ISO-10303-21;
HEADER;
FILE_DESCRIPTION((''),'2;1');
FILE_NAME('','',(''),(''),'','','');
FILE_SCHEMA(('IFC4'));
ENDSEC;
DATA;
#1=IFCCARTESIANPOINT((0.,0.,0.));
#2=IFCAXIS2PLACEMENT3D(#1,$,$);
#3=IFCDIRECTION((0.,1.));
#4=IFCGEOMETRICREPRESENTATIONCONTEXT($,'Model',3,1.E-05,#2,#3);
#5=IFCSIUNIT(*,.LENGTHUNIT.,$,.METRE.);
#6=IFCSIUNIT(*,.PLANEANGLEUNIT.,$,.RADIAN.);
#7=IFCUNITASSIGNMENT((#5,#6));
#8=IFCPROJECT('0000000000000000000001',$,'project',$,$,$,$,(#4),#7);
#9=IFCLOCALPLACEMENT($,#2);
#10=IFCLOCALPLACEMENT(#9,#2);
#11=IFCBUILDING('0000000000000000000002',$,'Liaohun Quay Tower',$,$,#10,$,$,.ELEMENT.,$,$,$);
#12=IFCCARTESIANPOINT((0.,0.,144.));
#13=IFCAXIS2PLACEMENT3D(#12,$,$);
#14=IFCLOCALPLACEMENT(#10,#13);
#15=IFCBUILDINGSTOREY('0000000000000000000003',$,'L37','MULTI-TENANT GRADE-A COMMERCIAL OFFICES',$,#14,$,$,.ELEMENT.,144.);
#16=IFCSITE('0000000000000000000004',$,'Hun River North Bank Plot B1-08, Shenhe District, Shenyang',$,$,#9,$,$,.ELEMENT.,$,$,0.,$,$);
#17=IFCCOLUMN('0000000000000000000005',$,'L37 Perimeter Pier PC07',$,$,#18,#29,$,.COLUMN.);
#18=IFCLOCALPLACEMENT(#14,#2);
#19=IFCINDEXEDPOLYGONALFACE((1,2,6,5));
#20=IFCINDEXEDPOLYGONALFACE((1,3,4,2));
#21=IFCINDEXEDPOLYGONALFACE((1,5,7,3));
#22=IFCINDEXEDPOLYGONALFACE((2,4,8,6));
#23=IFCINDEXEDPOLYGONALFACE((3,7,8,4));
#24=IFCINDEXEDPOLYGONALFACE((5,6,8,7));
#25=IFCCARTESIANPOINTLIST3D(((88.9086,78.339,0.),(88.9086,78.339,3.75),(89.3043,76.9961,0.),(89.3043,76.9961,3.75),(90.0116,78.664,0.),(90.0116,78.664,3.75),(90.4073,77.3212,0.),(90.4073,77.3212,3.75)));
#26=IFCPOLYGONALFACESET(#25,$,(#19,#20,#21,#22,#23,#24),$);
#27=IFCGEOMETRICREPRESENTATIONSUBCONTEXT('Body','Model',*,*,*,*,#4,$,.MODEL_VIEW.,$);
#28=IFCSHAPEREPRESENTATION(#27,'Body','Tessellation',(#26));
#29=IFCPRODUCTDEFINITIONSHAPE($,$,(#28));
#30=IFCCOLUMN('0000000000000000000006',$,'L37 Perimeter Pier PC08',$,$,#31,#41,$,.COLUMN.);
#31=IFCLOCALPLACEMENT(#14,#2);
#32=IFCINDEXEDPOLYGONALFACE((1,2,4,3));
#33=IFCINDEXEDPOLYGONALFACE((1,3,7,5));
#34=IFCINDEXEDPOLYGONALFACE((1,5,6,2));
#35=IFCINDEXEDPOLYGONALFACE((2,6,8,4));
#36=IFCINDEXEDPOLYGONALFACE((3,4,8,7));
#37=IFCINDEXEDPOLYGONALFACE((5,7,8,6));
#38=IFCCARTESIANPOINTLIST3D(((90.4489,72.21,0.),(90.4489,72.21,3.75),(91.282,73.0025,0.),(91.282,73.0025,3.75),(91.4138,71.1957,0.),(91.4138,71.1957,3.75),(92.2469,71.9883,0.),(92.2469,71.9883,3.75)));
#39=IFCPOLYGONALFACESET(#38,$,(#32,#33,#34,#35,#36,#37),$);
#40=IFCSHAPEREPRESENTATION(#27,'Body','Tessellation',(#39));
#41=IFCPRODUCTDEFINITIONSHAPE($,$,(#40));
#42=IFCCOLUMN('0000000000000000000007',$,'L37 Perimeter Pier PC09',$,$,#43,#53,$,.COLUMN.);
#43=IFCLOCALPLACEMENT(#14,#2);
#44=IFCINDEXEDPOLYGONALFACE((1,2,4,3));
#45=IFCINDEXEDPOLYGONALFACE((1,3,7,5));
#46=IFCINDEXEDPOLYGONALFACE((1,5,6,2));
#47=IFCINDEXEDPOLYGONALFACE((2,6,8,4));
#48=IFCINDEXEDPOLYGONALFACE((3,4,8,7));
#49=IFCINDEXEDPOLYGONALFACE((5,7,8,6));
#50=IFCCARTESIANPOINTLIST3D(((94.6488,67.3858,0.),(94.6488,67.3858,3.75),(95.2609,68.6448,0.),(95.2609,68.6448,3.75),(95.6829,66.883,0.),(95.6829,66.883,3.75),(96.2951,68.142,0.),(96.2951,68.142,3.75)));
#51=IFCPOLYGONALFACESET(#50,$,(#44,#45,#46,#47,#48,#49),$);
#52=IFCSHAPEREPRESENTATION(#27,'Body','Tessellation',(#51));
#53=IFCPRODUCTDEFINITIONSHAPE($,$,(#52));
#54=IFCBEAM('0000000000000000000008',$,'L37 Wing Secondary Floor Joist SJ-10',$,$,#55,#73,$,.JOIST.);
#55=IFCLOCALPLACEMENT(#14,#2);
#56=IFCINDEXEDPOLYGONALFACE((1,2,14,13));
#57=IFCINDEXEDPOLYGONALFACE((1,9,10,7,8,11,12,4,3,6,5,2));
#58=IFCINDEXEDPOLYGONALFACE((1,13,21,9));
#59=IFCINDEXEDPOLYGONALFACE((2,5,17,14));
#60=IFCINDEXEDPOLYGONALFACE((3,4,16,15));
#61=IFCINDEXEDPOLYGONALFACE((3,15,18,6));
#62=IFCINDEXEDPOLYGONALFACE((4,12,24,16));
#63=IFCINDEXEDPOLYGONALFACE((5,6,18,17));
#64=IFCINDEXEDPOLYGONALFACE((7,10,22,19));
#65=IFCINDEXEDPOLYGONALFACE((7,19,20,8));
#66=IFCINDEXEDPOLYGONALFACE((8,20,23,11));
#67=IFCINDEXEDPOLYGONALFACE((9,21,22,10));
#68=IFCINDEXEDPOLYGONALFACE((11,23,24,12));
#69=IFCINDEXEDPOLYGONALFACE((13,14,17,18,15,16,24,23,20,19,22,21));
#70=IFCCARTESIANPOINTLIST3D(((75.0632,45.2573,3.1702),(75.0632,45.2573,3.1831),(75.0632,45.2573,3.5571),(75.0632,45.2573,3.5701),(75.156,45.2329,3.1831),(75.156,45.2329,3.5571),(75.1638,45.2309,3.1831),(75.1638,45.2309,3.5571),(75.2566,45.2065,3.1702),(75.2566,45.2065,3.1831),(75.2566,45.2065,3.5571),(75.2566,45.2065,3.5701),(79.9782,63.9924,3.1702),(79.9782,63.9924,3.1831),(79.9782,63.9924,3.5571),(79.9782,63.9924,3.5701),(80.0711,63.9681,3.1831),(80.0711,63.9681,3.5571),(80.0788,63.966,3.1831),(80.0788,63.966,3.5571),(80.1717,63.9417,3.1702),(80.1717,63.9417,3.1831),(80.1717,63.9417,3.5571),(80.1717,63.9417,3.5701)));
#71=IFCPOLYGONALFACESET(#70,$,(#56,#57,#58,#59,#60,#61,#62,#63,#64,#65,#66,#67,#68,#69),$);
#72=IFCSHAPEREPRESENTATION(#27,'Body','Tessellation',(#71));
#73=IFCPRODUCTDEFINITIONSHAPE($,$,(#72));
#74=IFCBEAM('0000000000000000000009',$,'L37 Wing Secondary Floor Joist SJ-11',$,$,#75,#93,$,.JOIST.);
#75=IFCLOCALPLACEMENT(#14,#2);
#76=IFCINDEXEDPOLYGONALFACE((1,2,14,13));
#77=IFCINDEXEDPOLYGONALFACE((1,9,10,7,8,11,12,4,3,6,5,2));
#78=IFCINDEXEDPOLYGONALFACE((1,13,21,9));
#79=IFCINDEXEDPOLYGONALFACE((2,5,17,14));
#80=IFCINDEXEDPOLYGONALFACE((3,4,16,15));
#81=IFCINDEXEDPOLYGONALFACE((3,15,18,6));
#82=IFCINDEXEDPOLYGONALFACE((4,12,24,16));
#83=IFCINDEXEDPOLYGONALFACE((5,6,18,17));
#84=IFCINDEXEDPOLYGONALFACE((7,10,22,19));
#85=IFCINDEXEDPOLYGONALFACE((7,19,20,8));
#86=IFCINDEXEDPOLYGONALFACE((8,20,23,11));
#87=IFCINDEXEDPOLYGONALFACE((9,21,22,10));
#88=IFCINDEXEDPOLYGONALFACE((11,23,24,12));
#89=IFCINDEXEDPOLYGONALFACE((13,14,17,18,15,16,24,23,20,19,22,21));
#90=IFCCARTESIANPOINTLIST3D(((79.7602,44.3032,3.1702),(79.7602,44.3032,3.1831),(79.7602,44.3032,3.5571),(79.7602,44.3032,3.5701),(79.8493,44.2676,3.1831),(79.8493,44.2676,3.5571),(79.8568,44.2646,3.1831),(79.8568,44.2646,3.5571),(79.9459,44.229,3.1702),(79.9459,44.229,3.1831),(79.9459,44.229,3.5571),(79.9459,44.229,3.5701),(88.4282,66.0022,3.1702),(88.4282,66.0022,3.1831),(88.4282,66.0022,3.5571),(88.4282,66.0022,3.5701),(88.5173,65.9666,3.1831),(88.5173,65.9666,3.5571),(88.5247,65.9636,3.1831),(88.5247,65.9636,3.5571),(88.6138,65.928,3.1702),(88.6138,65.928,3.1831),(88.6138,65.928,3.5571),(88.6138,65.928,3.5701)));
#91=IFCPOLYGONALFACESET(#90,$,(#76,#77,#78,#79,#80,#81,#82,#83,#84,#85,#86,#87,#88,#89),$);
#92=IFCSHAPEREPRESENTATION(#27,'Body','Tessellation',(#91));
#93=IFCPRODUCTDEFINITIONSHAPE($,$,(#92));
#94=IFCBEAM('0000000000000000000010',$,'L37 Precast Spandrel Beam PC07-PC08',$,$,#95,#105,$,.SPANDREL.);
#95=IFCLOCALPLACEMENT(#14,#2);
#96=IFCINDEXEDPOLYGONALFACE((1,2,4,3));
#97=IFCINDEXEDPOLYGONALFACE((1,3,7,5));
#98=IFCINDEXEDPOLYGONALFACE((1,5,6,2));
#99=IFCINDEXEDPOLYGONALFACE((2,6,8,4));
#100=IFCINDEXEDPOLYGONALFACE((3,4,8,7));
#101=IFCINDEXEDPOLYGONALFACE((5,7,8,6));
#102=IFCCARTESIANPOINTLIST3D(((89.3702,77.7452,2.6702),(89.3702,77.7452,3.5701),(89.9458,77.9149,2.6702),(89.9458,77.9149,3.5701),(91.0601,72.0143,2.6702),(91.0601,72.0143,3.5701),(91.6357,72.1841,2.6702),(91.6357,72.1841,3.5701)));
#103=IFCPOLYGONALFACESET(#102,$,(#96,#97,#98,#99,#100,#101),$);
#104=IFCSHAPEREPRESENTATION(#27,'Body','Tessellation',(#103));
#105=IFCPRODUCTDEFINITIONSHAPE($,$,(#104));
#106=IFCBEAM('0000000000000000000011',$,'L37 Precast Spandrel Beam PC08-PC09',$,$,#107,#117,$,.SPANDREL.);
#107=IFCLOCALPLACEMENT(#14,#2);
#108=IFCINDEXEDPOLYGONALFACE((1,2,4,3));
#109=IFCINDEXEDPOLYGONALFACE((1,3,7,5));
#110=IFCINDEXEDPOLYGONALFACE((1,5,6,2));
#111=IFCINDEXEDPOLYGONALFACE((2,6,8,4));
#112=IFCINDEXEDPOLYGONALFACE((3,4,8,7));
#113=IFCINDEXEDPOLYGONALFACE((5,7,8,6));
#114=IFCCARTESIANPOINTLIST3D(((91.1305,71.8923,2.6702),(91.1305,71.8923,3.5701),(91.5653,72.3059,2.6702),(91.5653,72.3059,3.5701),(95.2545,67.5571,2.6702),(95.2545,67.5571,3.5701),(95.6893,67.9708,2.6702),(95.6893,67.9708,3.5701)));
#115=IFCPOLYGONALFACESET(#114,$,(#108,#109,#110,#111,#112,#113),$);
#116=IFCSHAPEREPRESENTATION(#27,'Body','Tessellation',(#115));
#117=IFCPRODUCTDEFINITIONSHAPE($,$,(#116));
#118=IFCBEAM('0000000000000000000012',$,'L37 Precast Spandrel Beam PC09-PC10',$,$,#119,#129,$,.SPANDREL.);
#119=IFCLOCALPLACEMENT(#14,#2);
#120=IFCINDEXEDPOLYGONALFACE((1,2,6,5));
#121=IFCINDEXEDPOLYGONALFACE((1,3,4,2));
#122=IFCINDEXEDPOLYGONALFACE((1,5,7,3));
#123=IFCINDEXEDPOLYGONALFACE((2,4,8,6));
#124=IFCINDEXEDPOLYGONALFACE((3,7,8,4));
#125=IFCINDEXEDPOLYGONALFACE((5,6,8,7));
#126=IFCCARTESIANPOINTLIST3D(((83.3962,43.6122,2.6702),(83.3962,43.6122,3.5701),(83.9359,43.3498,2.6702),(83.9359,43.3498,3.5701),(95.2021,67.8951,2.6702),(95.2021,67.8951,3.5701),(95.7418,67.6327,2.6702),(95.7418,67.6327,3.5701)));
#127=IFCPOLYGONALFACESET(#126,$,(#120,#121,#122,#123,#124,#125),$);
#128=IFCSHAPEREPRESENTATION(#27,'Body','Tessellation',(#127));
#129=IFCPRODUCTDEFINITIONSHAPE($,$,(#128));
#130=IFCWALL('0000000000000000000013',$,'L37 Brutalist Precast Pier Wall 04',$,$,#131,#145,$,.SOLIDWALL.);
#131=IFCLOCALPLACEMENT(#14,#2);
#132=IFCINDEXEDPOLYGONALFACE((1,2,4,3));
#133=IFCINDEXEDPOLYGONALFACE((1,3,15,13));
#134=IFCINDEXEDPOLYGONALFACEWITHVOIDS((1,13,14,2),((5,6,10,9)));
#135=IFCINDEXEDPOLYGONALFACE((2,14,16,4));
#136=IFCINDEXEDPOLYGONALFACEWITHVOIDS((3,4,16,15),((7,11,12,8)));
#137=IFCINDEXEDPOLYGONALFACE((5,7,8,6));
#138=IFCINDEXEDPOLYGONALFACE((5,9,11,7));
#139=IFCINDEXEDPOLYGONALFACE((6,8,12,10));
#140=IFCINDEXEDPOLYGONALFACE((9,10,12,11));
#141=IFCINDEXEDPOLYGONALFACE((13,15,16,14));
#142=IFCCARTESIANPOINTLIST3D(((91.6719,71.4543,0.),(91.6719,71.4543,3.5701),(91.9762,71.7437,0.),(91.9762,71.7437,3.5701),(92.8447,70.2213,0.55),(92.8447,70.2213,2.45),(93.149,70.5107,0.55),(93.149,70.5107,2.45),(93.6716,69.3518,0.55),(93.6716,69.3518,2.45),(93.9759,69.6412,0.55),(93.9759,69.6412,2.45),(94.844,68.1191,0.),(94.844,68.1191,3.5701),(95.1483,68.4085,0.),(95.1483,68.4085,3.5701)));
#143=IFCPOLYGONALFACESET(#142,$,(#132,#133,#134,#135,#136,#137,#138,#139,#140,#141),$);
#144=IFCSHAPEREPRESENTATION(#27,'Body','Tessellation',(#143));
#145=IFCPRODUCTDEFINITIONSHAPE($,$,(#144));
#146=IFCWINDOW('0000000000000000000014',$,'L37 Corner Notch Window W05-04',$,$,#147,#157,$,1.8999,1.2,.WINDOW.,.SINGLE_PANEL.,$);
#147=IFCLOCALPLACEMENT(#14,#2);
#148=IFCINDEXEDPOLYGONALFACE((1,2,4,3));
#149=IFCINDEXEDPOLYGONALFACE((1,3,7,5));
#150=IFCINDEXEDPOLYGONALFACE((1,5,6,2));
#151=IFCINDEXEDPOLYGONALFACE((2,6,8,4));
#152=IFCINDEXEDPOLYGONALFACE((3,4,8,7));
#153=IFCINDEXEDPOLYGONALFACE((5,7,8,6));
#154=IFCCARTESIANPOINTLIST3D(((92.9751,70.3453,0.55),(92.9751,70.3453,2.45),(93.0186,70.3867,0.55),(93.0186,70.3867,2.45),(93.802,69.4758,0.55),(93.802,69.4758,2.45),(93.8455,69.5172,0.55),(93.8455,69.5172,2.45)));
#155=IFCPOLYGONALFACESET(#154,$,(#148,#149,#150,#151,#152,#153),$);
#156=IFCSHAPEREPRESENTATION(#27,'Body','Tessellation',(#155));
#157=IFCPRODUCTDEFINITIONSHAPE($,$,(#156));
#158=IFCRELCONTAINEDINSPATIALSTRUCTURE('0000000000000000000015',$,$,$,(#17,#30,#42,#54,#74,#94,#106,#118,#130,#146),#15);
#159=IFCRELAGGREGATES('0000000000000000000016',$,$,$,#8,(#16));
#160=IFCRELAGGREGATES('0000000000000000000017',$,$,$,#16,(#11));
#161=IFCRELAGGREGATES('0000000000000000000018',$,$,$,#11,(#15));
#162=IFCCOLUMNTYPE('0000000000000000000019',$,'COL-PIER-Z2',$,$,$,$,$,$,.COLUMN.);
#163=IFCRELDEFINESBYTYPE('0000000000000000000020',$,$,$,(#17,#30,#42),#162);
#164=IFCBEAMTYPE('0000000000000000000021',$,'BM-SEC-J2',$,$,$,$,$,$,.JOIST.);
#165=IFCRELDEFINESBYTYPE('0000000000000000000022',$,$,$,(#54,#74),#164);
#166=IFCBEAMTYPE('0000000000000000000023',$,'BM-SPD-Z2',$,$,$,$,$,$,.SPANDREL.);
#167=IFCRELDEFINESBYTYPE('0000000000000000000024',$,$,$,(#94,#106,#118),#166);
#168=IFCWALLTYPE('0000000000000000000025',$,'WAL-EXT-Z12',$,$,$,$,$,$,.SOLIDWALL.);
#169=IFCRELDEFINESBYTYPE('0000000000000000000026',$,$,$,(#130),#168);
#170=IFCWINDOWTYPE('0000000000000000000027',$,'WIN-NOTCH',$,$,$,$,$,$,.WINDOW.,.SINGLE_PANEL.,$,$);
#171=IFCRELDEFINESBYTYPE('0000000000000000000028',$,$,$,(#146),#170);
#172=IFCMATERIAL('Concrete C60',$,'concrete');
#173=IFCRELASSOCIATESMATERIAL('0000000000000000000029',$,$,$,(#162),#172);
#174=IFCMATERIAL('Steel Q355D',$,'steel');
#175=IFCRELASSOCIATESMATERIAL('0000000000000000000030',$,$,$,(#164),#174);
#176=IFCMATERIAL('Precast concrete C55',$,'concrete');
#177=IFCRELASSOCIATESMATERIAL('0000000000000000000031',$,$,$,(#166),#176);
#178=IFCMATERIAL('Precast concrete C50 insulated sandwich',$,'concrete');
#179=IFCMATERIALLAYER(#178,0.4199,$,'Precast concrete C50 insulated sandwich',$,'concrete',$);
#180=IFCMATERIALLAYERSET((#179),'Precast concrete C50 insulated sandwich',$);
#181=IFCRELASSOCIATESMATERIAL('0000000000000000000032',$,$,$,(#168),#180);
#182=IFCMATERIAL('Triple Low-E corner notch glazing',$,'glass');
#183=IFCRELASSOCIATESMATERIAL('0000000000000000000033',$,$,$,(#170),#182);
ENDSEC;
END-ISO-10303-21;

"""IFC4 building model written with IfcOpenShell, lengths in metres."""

from ifc_helpers import new_model, si_unit, direction, frame, frame_2d, origin, origin_2d, place, context, subcontext, project, spatial, rectangle, i_section, extrude, source, transform, mapped, material, layer, layer_set, material_profile, profile_set, type_object, element, fill, save


model = new_model("IFC4")

# Units and contexts
model_context = context("Model", 3, precision=1e-05, world=origin(), true_north=direction((0.0, 1.0)))
body_context = subcontext(model_context, "Body", "Model", "MODEL_VIEW")
ifc_project = project(units=[si_unit("LENGTHUNIT", "METRE"), si_unit("PLANEANGLEUNIT", "RADIAN")], contexts=[model_context])

# Site, building, storey
site_placement = place(None, origin())
site = spatial("IfcSite", under=ifc_project, at=site_placement, Name="Hun River North Bank Plot B1-08, Shenhe District, Shenyang", CompositionType="ELEMENT", RefElevation=0.0)
building_placement = place(site_placement, origin())
building = spatial("IfcBuilding", under=site, at=building_placement, Name="Liaohun Quay Tower", CompositionType="ELEMENT")
storey_placement = place(building_placement, frame((0.0, 0.0, 144.0)))
storey = spatial("IfcBuildingStorey", under=building, at=storey_placement, Name="L37", Description="MULTI-TENANT GRADE-A COMMERCIAL OFFICES", CompositionType="ELEMENT", Elevation=144.0)

# Columns
ifc_material_1 = material(Name="Concrete C60", Category="concrete")
ifc_material_profile_1 = material_profile(ifc_material_1, rectangle(XDim=1.3999, YDim=1.1499, at=origin_2d()), Name="RC1400x1150")
ifc_profile_set_1 = profile_set([ifc_material_profile_1], Name="Concrete C60")
column_type = type_object("IfcColumnType", Name="COL-PIER-Z2", PredefinedType="COLUMN", material=ifc_profile_set_1)
shared_shape_1 = source(origin(), body_context, "Body", "SweptSolid", [
    extrude(rectangle(XDim=1.3999, YDim=1.1499, at=origin_2d()), origin(), (0.0, 0.0, 1.0), 3.75),
])
for number, where, z_axis, x_axis, name in (
    (1, (89.658, 77.8301, 0.0), (0.0, 0.0, 1.0), (-0.282676, 0.959215, 0.0), "L37 Perimeter Pier PC07"),
    (2, (91.3479, 72.0991, 0.0), (0.0, 0.0, 1.0), (-0.68924, 0.724533, 0.0), "L37 Perimeter Pier PC08"),
    (3, (95.4719, 67.7639, 0.0), (0.0, 0.0, 1.0), (0.437273, 0.899329, 0.0), "L37 Perimeter Pier PC09"),
):
    element("IfcColumn", number, at=place(storey_placement, frame(where, z_axis=z_axis, x_axis=x_axis)), inside=storey, type_object=column_type, Name=name, PredefinedType="COLUMN", context=body_context, shape_type="MappedRepresentation", body=[
        mapped(shared_shape_1, transform((0.0, 0.0, 0.0), x_axis=(1.0, 0.0, 0.0), y_axis=(0.0, 1.0, 0.0), z_axis=(0.0, 0.0, 1.0), scale=1.0)),
    ])

# Beams
ifc_material_2 = material(Name="Steel Q355D", Category="steel")
ifc_material_profile_2 = material_profile(ifc_material_2, i_section(OverallWidth=0.2, OverallDepth=0.3999, WebThickness=0.0081, FlangeThickness=0.0129, at=origin_2d()), Name="HN400x200x8x13")
ifc_profile_set_2 = profile_set([ifc_material_profile_2], Name="Steel Q355D")
beam_type_1 = type_object("IfcBeamType", Name="BM-SEC-J2", PredefinedType="JOIST", material=ifc_profile_set_2)
shared_shape_2 = source(origin(), body_context, "Body", "SweptSolid", [
    extrude(i_section(OverallWidth=0.2, OverallDepth=0.3999, WebThickness=0.0081, FlangeThickness=0.0129, at=origin_2d()), origin(), (0.0, 0.0, 1.0), 19.3691),
])
beam_1_placement = place(storey_placement, frame((80.075, 63.967, 3.3701), z_axis=(-0.253757, -0.967268, 0.0), x_axis=(0.967268, -0.253757, 0.0)))
element("IfcBeam", 4, at=beam_1_placement, inside=storey, type_object=beam_type_1, Name="L37 Wing Secondary Floor Joist SJ-10", PredefinedType="JOIST", context=body_context, shape_type="MappedRepresentation", body=[
    mapped(shared_shape_2, transform((0.0, 0.0, 0.0), x_axis=(1.0, 0.0, 0.0), y_axis=(0.0, 1.0, 0.0), z_axis=(0.0, 0.0, 1.0), scale=1.0)),
])
shared_shape_3 = source(origin(), body_context, "Body", "SweptSolid", [
    extrude(i_section(OverallWidth=0.2, OverallDepth=0.3999, WebThickness=0.0081, FlangeThickness=0.0129, at=origin_2d()), origin(), (0.0, 0.0, 1.0), 23.3662),
])
beam_2_placement = place(storey_placement, frame((88.521, 65.9651, 3.3701), z_axis=(-0.370962, -0.928648, 0.0), x_axis=(0.928648, -0.370962, 0.0)))
element("IfcBeam", 5, at=beam_2_placement, inside=storey, type_object=beam_type_1, Name="L37 Wing Secondary Floor Joist SJ-11", PredefinedType="JOIST", context=body_context, shape_type="MappedRepresentation", body=[
    mapped(shared_shape_3, transform((0.0, 0.0, 0.0), x_axis=(1.0, 0.0, 0.0), y_axis=(0.0, 1.0, 0.0), z_axis=(0.0, 0.0, 1.0), scale=1.0)),
])
ifc_material_3 = material(Name="Precast concrete C55", Category="concrete")
ifc_material_profile_3 = material_profile(ifc_material_3, rectangle(XDim=0.6001, YDim=0.8999, at=origin_2d()), Name="RC600x900")
ifc_profile_set_3 = profile_set([ifc_material_profile_3], Name="Precast concrete C55")
beam_type_2 = type_object("IfcBeamType", Name="BM-SPD-Z2", PredefinedType="SPANDREL", material=ifc_profile_set_3)
shared_shape_4 = source(origin(), body_context, "Body", "SweptSolid", [
    extrude(rectangle(XDim=0.6001, YDim=0.8999, at=origin_2d()), origin(), (0.0, 0.0, 1.0), 5.9749),
])
beam_3_placement = place(storey_placement, frame((89.658, 77.8301, 3.1201), z_axis=(0.282839, -0.959167, 0.0), x_axis=(0.959167, 0.282839, 0.0)))
element("IfcBeam", 6, at=beam_3_placement, inside=storey, type_object=beam_type_2, Name="L37 Precast Spandrel Beam PC07-PC08", PredefinedType="SPANDREL", context=body_context, shape_type="MappedRepresentation", body=[
    mapped(shared_shape_4, transform((0.0, 0.0, 0.0), x_axis=(1.0, 0.0, 0.0), y_axis=(0.0, 1.0, 0.0), z_axis=(0.0, 0.0, 1.0), scale=1.0)),
])
shared_shape_5 = source(origin(), body_context, "Body", "SweptSolid", [
    extrude(rectangle(XDim=0.6001, YDim=0.8999, at=origin_2d()), origin(), (0.0, 0.0, 1.0), 5.9834),
])
beam_4_placement = place(storey_placement, frame((91.3479, 72.0991, 3.1201), z_axis=(0.689239, -0.724534, 0.0), x_axis=(0.724534, 0.689239, 0.0)))
element("IfcBeam", 7, at=beam_4_placement, inside=storey, type_object=beam_type_2, Name="L37 Precast Spandrel Beam PC08-PC09", PredefinedType="SPANDREL", context=body_context, shape_type="MappedRepresentation", body=[
    mapped(shared_shape_5, transform((0.0, 0.0, 0.0), x_axis=(1.0, 0.0, 0.0), y_axis=(0.0, 1.0, 0.0), z_axis=(0.0, 0.0, 1.0), scale=1.0)),
])
shared_shape_6 = source(origin(), body_context, "Body", "SweptSolid", [
    extrude(rectangle(XDim=0.6001, YDim=0.8999, at=origin_2d()), origin(), (0.0, 0.0, 1.0), 27.0007),
])
beam_5_placement = place(storey_placement, frame((95.4719, 67.7639, 3.1201), z_axis=(-0.437243, -0.899343, 0.0), x_axis=(0.899343, -0.437243, 0.0)))
element("IfcBeam", 8, at=beam_5_placement, inside=storey, type_object=beam_type_2, Name="L37 Precast Spandrel Beam PC09-PC10", PredefinedType="SPANDREL", context=body_context, shape_type="MappedRepresentation", body=[
    mapped(shared_shape_6, transform((0.0, 0.0, 0.0), x_axis=(1.0, 0.0, 0.0), y_axis=(0.0, 1.0, 0.0), z_axis=(0.0, 0.0, 1.0), scale=1.0)),
])

# Wall, opening, window
ifc_material_4 = material(Name="Precast concrete C50 insulated sandwich", Category="concrete")
ifc_layer_1 = layer(ifc_material_4, 0.4199, Name="Precast concrete C50 insulated sandwich", Category="concrete")
ifc_layer_set_1 = layer_set([ifc_layer_1], Name="Precast concrete C50 insulated sandwich")
wall_type_1 = type_object("IfcWallType", Name="WAL-EXT-Z12", PredefinedType="SOLIDWALL", material=ifc_layer_set_1)
wall_1_placement = place(storey_placement, frame((94.9961, 68.2639, 0.0), z_axis=(0.0, 0.0, 1.0), x_axis=(-0.689169, 0.724601, 0.0)))
wall_1 = element("IfcWall", 9, at=wall_1_placement, inside=storey, type_object=wall_type_1, Name="L37 Brutalist Precast Pier Wall 04", PredefinedType="SOLIDWALL", context=body_context, shape_type="SweptSolid", body=[
    extrude(rectangle(XDim=4.6028, YDim=0.4199, at=frame_2d((2.3013, 0.0))), origin(), (0.0, 0.0, 1.0), 3.5701),
])
shared_shape_7 = source(origin(), body_context, "Body", "SweptSolid", [
    extrude(rectangle(XDim=1.2, YDim=1.8999, at=frame_2d((0.6001, 0.95))), frame((0.0, 0.22, 0.0), z_axis=(0.0, -1.0, 0.0), x_axis=(1.0, 0.0, 0.0)), (0.0, 0.0, 1.0), 0.4399),
])
opening_1_placement = place(wall_1_placement, frame((1.7009, 0.0, 0.55)))
opening_1 = element("IfcOpeningElement", 10, at=opening_1_placement, cuts=wall_1, PredefinedType="OPENING", context=body_context, shape_type="MappedRepresentation", body=[
    mapped(shared_shape_7, transform((0.0, 0.0, 0.0), x_axis=(1.0, 0.0, 0.0), y_axis=(0.0, 1.0, 0.0), z_axis=(0.0, 0.0, 1.0), scale=1.0)),
])
ifc_material_5 = material(Name="Triple Low-E corner notch glazing", Category="glass")
window_type_1 = type_object("IfcWindowType", Name="WIN-NOTCH", PartitioningType="SINGLE_PANEL", PredefinedType="WINDOW", material=ifc_material_5)
shared_shape_8 = source(origin(), body_context, "Body", "SweptSolid", [
    extrude(rectangle(XDim=1.2, YDim=1.8999, at=frame_2d((0.6001, 0.95))), frame((0.0, 0.03, 0.0), z_axis=(0.0, -1.0, 0.0), x_axis=(1.0, 0.0, 0.0)), (0.0, 0.0, 1.0), 0.0601),
])
window_1_placement = place(opening_1_placement, origin())
window_1 = element("IfcWindow", 11, at=window_1_placement, inside=storey, type_object=window_type_1, Name="L37 Corner Notch Window W05-04", OverallHeight=1.8999, OverallWidth=1.2, PartitioningType="SINGLE_PANEL", PredefinedType="WINDOW", context=body_context, shape_type="MappedRepresentation", body=[
    mapped(shared_shape_8, transform((0.0, 0.0, 0.0), x_axis=(1.0, 0.0, 0.0), y_axis=(0.0, 1.0, 0.0), z_axis=(0.0, 0.0, 1.0), scale=1.0)),
])
fill(opening_1, window_1)

save(model, "model.ifc")
